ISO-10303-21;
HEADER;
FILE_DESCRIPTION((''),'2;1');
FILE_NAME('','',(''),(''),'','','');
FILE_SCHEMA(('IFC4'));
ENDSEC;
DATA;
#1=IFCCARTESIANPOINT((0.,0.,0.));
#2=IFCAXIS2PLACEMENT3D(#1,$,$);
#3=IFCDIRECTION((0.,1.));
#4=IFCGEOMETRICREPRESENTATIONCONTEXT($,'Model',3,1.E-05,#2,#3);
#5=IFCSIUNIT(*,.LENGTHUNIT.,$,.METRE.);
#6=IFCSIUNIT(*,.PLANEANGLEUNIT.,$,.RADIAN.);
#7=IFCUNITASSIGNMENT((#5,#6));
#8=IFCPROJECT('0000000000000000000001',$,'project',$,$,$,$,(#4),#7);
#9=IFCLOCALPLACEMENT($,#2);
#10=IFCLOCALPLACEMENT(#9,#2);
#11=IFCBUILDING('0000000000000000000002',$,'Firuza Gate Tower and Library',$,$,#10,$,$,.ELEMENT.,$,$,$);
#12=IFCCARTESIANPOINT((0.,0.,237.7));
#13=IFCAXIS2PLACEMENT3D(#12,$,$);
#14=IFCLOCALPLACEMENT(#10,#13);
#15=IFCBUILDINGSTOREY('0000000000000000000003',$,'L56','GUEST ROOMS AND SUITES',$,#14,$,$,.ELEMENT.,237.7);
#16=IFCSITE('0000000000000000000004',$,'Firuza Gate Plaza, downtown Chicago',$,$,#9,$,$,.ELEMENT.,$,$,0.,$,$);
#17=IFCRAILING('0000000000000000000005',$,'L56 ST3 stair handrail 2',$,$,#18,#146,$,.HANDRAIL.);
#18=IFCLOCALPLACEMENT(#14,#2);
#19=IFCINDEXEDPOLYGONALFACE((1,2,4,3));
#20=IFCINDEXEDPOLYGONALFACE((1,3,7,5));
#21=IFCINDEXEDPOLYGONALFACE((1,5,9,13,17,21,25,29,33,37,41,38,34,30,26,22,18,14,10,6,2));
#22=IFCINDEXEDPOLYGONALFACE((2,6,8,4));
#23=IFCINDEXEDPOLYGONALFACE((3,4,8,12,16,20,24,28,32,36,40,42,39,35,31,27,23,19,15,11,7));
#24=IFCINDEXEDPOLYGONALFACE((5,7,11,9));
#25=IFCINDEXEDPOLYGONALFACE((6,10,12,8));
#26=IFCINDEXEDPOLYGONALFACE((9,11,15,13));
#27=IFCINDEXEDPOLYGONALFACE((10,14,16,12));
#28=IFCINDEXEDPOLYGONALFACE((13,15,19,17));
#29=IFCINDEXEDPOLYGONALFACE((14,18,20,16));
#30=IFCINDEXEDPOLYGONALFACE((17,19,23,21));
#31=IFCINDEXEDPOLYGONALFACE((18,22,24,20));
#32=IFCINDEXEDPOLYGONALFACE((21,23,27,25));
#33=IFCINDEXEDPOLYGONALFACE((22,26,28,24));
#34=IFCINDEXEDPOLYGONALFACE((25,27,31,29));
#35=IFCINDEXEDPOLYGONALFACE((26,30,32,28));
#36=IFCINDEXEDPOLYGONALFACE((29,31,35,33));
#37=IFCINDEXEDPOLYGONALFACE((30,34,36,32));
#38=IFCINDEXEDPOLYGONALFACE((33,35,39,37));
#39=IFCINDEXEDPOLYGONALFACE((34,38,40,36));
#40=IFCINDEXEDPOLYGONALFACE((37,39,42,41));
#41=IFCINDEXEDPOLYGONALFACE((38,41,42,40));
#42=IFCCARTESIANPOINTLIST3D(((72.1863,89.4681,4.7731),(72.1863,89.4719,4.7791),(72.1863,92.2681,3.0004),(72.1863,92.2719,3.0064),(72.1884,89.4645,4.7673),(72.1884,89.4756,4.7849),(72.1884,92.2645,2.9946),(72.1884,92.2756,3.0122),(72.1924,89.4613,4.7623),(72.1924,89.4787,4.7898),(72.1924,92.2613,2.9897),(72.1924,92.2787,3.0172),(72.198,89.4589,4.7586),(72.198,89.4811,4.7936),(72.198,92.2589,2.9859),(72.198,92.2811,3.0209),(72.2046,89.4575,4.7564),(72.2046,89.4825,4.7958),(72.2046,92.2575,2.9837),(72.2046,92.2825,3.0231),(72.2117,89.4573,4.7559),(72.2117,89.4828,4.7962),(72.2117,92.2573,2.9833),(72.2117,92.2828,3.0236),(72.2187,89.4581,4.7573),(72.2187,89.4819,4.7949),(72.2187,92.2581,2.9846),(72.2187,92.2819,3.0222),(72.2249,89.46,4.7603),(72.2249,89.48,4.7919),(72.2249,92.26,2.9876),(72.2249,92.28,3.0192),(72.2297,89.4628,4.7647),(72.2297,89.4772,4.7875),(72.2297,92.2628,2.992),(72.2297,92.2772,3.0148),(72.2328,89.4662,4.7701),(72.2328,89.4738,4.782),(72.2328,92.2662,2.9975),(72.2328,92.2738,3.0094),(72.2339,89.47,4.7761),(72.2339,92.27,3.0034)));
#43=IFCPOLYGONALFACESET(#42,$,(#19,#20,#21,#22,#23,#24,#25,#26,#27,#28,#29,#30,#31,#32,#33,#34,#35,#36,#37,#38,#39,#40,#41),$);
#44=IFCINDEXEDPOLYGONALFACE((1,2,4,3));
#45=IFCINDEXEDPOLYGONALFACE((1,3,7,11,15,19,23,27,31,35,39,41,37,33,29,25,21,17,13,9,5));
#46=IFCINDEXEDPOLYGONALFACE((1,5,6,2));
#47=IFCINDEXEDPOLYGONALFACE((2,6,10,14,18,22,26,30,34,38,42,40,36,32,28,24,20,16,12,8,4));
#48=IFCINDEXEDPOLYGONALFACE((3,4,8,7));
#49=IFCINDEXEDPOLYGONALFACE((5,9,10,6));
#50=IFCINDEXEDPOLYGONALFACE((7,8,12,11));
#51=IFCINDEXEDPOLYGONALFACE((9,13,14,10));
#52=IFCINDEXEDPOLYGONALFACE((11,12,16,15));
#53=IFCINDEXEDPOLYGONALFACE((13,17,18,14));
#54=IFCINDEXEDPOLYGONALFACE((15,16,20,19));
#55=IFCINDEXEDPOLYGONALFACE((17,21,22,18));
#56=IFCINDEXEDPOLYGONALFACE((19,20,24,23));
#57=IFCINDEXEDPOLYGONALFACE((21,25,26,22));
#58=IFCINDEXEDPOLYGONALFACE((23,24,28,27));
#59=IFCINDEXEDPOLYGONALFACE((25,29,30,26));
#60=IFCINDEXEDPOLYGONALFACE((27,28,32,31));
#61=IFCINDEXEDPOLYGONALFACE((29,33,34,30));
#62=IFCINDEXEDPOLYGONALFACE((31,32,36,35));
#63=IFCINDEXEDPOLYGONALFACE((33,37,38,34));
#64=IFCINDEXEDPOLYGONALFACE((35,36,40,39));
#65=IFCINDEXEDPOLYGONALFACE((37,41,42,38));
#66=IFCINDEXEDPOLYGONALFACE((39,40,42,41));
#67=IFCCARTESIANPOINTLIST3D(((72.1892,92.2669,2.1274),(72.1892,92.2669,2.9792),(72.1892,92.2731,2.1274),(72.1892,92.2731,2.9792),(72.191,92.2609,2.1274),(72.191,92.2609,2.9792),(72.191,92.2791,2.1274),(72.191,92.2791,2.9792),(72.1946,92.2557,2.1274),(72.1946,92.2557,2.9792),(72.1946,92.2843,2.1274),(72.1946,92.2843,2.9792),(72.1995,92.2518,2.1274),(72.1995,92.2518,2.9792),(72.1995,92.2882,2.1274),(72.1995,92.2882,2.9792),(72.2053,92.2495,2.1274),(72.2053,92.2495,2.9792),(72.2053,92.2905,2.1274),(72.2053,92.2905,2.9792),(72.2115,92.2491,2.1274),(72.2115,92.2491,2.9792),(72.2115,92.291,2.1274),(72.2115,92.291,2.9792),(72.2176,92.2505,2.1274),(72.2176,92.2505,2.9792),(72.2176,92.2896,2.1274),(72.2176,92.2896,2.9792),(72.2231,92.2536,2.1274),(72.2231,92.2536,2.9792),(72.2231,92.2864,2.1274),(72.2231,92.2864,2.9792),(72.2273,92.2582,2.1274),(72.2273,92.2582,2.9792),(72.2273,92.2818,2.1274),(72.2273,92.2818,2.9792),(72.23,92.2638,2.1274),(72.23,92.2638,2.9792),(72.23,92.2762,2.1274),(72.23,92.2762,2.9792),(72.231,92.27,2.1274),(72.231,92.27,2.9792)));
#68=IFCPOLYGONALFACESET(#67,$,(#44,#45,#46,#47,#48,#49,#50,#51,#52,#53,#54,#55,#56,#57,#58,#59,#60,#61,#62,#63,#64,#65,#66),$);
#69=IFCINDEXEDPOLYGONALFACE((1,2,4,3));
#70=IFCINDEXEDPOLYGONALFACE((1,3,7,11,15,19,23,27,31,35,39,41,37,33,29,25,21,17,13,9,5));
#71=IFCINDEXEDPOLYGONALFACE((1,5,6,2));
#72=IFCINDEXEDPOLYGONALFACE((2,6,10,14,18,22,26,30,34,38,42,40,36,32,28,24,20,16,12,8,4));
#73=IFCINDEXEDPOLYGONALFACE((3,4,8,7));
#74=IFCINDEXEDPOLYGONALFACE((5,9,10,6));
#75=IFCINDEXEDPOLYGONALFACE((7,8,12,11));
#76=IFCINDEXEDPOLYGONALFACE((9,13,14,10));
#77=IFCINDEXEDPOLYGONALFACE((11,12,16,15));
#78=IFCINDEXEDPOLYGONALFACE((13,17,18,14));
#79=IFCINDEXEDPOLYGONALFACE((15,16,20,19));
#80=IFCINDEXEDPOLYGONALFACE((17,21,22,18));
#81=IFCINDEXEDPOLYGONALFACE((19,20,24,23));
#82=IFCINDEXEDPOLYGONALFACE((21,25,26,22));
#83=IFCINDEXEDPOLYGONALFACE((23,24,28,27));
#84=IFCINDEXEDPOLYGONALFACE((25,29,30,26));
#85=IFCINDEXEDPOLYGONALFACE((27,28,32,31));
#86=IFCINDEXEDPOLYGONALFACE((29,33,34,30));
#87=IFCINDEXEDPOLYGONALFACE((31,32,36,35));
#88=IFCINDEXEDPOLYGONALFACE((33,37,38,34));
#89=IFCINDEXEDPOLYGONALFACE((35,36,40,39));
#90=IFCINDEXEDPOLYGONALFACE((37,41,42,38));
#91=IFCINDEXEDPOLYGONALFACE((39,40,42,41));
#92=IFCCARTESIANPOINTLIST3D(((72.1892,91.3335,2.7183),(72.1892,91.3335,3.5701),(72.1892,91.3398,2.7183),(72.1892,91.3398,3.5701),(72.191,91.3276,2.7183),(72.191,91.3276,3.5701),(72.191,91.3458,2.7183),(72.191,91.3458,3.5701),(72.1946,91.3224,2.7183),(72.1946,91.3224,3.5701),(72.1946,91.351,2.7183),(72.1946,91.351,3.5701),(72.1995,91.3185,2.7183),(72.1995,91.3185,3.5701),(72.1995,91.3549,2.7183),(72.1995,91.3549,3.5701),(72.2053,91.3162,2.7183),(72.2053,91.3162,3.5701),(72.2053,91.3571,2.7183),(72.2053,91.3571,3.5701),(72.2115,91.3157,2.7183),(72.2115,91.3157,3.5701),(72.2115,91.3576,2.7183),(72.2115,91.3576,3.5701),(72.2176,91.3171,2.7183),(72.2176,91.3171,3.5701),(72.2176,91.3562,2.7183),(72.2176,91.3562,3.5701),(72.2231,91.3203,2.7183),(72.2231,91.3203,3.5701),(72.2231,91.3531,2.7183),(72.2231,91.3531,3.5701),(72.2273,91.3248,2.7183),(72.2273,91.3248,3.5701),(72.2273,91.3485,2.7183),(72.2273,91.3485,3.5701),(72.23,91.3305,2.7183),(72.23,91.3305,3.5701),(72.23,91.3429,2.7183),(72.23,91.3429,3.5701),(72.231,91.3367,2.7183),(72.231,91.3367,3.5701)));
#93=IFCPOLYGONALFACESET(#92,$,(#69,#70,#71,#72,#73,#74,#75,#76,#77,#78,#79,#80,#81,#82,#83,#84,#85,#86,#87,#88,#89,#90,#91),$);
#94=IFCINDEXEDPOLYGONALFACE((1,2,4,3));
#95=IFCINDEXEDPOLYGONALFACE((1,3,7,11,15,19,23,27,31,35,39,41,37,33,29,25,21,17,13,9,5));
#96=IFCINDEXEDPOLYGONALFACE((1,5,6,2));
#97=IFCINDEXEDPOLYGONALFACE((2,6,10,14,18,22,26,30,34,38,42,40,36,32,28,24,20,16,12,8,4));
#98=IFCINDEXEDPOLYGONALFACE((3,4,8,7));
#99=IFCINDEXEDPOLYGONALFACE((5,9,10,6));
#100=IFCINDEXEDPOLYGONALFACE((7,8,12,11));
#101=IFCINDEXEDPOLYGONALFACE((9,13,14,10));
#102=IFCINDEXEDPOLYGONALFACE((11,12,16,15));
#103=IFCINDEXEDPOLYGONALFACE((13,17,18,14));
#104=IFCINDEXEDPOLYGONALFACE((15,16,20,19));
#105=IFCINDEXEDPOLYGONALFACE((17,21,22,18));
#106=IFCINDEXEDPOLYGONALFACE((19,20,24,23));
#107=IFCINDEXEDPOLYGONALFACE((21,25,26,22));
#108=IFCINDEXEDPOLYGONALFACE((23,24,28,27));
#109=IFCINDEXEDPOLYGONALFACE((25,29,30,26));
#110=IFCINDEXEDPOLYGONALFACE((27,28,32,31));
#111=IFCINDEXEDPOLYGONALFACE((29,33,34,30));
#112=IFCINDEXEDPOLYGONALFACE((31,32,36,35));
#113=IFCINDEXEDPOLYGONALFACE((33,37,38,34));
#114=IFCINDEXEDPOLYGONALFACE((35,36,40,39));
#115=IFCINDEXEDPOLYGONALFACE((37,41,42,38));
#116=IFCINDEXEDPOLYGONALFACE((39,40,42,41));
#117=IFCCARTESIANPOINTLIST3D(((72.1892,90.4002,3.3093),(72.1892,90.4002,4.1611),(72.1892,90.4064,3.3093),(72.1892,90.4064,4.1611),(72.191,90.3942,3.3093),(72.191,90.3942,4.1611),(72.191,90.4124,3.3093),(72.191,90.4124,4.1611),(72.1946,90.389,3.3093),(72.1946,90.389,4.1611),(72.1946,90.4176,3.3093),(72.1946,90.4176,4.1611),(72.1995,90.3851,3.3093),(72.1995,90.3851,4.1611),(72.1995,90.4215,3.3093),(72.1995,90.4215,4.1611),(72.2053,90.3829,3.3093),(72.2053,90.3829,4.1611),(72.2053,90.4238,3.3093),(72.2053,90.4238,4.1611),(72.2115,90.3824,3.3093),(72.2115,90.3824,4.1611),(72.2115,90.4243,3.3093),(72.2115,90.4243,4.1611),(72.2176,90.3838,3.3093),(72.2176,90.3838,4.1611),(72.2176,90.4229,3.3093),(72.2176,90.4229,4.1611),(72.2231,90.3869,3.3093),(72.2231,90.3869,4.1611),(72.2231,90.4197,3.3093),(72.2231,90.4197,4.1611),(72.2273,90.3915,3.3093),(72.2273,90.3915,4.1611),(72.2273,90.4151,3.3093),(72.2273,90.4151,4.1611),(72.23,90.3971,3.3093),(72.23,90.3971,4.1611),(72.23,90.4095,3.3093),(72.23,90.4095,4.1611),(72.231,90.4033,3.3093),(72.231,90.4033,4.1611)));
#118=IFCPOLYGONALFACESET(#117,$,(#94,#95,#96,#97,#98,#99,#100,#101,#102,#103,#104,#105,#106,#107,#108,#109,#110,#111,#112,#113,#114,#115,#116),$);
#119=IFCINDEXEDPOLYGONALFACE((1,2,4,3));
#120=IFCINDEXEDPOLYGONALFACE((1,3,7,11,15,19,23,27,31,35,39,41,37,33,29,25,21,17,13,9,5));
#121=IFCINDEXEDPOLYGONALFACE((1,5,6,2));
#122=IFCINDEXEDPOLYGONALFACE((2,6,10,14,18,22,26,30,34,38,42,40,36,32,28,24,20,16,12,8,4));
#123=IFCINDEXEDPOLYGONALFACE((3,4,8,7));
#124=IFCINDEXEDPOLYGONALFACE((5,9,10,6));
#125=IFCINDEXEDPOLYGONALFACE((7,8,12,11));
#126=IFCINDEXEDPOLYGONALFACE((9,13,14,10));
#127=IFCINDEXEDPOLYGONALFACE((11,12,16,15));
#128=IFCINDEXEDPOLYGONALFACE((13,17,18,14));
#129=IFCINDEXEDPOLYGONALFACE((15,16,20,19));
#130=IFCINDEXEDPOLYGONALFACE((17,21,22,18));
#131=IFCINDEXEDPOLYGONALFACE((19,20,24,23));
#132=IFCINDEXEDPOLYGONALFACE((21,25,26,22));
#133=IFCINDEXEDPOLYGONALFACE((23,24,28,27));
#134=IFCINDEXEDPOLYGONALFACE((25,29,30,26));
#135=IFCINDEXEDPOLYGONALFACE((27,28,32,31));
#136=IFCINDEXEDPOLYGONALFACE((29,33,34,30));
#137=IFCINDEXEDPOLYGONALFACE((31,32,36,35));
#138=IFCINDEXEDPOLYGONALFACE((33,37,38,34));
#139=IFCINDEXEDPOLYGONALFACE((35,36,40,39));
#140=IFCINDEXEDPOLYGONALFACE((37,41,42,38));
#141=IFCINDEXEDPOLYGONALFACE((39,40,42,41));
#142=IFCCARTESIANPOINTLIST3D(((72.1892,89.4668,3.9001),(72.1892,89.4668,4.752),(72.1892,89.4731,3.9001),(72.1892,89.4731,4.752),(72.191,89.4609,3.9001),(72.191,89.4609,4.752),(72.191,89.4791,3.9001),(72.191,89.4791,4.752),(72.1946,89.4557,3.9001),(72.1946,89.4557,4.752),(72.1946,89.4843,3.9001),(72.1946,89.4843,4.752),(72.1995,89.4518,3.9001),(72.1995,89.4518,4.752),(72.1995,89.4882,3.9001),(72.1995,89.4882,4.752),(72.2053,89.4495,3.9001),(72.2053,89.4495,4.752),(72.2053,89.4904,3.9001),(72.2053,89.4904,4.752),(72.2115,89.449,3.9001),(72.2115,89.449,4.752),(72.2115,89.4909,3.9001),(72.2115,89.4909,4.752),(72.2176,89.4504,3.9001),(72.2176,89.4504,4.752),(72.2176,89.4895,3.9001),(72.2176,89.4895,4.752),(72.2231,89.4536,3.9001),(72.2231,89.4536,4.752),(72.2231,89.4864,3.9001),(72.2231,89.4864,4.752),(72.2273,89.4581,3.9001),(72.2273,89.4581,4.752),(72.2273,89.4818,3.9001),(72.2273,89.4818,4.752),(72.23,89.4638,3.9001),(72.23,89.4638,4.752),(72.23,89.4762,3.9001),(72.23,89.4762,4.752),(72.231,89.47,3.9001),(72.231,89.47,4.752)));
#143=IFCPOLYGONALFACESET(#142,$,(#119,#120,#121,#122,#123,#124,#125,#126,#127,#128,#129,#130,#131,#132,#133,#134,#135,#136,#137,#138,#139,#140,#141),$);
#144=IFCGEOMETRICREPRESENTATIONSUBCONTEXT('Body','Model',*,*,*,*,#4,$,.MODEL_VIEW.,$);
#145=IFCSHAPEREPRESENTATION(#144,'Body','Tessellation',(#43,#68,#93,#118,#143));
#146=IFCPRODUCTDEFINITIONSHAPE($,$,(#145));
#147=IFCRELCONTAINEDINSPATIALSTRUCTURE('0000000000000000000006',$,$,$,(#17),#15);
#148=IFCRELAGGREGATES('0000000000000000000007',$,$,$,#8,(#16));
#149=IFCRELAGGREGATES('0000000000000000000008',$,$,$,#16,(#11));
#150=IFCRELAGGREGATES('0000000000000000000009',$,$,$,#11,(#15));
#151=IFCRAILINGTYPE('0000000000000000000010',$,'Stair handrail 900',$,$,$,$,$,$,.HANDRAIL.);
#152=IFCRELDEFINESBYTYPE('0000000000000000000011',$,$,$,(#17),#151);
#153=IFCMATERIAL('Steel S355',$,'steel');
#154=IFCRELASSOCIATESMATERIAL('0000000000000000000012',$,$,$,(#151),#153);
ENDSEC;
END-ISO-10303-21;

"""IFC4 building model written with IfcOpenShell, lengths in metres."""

from ifc_helpers import new_model, si_unit, direction, frame, origin, origin_2d, place, context, subcontext, project, spatial, circle, extrude, material, type_object, element, save


model = new_model("IFC4")

# Units and contexts
model_context = context("Model", 3, precision=1e-05, world=origin(), true_north=direction((0.0, 1.0)))
body_context = subcontext(model_context, "Body", "Model", "MODEL_VIEW")
ifc_project = project(units=[si_unit("LENGTHUNIT", "METRE"), si_unit("PLANEANGLEUNIT", "RADIAN")], contexts=[model_context])

# Site, building, storey
site_placement = place(None, origin())
site = spatial("IfcSite", under=ifc_project, at=site_placement, Name="Firuza Gate Plaza, downtown Chicago", CompositionType="ELEMENT", RefElevation=0.0)
building_placement = place(site_placement, origin())
building = spatial("IfcBuilding", under=site, at=building_placement, Name="Firuza Gate Tower and Library", CompositionType="ELEMENT")
storey_placement = place(building_placement, frame((0.0, 0.0, 237.7)))
storey = spatial("IfcBuildingStorey", under=building, at=storey_placement, Name="L56", Description="GUEST ROOMS AND SUITES", CompositionType="ELEMENT", Elevation=237.7)

# Railing
ifc_material_1 = material(Name="Steel S355", Category="steel")
railing_type = type_object("IfcRailingType", Name="Stair handrail 900", PredefinedType="HANDRAIL", material=ifc_material_1)
railing_placement = place(storey_placement, frame((72.21, 92.27, 2.1274)))
element("IfcRailing", 1, at=railing_placement, inside=storey, type_object=railing_type, Name="L56 ST3 stair handrail 2", PredefinedType="HANDRAIL", context=body_context, shape_type="SweptSolid", body=[
    extrude(circle(Radius=0.0239, at=origin_2d()), frame((0.0, 0.0, 0.876), z_axis=(0.0, -0.844909, 0.53491), x_axis=(1.0, 0.0, 0.0)), (0.0, 0.0, 1.0), 3.314),
    extrude(circle(Radius=0.021, at=origin_2d()), origin(), (0.0, 0.0, 1.0), 0.8518),
    extrude(circle(Radius=0.021, at=origin_2d()), frame((0.0, -0.9333, 0.5908)), (0.0, 0.0, 1.0), 0.8518),
    extrude(circle(Radius=0.021, at=origin_2d()), frame((0.0, -1.8667, 1.1819)), (0.0, 0.0, 1.0), 0.8518),
    extrude(circle(Radius=0.021, at=origin_2d()), frame((0.0, -2.8, 1.7727)), (0.0, 0.0, 1.0), 0.8518),
])

save(model, "model.ifc")
